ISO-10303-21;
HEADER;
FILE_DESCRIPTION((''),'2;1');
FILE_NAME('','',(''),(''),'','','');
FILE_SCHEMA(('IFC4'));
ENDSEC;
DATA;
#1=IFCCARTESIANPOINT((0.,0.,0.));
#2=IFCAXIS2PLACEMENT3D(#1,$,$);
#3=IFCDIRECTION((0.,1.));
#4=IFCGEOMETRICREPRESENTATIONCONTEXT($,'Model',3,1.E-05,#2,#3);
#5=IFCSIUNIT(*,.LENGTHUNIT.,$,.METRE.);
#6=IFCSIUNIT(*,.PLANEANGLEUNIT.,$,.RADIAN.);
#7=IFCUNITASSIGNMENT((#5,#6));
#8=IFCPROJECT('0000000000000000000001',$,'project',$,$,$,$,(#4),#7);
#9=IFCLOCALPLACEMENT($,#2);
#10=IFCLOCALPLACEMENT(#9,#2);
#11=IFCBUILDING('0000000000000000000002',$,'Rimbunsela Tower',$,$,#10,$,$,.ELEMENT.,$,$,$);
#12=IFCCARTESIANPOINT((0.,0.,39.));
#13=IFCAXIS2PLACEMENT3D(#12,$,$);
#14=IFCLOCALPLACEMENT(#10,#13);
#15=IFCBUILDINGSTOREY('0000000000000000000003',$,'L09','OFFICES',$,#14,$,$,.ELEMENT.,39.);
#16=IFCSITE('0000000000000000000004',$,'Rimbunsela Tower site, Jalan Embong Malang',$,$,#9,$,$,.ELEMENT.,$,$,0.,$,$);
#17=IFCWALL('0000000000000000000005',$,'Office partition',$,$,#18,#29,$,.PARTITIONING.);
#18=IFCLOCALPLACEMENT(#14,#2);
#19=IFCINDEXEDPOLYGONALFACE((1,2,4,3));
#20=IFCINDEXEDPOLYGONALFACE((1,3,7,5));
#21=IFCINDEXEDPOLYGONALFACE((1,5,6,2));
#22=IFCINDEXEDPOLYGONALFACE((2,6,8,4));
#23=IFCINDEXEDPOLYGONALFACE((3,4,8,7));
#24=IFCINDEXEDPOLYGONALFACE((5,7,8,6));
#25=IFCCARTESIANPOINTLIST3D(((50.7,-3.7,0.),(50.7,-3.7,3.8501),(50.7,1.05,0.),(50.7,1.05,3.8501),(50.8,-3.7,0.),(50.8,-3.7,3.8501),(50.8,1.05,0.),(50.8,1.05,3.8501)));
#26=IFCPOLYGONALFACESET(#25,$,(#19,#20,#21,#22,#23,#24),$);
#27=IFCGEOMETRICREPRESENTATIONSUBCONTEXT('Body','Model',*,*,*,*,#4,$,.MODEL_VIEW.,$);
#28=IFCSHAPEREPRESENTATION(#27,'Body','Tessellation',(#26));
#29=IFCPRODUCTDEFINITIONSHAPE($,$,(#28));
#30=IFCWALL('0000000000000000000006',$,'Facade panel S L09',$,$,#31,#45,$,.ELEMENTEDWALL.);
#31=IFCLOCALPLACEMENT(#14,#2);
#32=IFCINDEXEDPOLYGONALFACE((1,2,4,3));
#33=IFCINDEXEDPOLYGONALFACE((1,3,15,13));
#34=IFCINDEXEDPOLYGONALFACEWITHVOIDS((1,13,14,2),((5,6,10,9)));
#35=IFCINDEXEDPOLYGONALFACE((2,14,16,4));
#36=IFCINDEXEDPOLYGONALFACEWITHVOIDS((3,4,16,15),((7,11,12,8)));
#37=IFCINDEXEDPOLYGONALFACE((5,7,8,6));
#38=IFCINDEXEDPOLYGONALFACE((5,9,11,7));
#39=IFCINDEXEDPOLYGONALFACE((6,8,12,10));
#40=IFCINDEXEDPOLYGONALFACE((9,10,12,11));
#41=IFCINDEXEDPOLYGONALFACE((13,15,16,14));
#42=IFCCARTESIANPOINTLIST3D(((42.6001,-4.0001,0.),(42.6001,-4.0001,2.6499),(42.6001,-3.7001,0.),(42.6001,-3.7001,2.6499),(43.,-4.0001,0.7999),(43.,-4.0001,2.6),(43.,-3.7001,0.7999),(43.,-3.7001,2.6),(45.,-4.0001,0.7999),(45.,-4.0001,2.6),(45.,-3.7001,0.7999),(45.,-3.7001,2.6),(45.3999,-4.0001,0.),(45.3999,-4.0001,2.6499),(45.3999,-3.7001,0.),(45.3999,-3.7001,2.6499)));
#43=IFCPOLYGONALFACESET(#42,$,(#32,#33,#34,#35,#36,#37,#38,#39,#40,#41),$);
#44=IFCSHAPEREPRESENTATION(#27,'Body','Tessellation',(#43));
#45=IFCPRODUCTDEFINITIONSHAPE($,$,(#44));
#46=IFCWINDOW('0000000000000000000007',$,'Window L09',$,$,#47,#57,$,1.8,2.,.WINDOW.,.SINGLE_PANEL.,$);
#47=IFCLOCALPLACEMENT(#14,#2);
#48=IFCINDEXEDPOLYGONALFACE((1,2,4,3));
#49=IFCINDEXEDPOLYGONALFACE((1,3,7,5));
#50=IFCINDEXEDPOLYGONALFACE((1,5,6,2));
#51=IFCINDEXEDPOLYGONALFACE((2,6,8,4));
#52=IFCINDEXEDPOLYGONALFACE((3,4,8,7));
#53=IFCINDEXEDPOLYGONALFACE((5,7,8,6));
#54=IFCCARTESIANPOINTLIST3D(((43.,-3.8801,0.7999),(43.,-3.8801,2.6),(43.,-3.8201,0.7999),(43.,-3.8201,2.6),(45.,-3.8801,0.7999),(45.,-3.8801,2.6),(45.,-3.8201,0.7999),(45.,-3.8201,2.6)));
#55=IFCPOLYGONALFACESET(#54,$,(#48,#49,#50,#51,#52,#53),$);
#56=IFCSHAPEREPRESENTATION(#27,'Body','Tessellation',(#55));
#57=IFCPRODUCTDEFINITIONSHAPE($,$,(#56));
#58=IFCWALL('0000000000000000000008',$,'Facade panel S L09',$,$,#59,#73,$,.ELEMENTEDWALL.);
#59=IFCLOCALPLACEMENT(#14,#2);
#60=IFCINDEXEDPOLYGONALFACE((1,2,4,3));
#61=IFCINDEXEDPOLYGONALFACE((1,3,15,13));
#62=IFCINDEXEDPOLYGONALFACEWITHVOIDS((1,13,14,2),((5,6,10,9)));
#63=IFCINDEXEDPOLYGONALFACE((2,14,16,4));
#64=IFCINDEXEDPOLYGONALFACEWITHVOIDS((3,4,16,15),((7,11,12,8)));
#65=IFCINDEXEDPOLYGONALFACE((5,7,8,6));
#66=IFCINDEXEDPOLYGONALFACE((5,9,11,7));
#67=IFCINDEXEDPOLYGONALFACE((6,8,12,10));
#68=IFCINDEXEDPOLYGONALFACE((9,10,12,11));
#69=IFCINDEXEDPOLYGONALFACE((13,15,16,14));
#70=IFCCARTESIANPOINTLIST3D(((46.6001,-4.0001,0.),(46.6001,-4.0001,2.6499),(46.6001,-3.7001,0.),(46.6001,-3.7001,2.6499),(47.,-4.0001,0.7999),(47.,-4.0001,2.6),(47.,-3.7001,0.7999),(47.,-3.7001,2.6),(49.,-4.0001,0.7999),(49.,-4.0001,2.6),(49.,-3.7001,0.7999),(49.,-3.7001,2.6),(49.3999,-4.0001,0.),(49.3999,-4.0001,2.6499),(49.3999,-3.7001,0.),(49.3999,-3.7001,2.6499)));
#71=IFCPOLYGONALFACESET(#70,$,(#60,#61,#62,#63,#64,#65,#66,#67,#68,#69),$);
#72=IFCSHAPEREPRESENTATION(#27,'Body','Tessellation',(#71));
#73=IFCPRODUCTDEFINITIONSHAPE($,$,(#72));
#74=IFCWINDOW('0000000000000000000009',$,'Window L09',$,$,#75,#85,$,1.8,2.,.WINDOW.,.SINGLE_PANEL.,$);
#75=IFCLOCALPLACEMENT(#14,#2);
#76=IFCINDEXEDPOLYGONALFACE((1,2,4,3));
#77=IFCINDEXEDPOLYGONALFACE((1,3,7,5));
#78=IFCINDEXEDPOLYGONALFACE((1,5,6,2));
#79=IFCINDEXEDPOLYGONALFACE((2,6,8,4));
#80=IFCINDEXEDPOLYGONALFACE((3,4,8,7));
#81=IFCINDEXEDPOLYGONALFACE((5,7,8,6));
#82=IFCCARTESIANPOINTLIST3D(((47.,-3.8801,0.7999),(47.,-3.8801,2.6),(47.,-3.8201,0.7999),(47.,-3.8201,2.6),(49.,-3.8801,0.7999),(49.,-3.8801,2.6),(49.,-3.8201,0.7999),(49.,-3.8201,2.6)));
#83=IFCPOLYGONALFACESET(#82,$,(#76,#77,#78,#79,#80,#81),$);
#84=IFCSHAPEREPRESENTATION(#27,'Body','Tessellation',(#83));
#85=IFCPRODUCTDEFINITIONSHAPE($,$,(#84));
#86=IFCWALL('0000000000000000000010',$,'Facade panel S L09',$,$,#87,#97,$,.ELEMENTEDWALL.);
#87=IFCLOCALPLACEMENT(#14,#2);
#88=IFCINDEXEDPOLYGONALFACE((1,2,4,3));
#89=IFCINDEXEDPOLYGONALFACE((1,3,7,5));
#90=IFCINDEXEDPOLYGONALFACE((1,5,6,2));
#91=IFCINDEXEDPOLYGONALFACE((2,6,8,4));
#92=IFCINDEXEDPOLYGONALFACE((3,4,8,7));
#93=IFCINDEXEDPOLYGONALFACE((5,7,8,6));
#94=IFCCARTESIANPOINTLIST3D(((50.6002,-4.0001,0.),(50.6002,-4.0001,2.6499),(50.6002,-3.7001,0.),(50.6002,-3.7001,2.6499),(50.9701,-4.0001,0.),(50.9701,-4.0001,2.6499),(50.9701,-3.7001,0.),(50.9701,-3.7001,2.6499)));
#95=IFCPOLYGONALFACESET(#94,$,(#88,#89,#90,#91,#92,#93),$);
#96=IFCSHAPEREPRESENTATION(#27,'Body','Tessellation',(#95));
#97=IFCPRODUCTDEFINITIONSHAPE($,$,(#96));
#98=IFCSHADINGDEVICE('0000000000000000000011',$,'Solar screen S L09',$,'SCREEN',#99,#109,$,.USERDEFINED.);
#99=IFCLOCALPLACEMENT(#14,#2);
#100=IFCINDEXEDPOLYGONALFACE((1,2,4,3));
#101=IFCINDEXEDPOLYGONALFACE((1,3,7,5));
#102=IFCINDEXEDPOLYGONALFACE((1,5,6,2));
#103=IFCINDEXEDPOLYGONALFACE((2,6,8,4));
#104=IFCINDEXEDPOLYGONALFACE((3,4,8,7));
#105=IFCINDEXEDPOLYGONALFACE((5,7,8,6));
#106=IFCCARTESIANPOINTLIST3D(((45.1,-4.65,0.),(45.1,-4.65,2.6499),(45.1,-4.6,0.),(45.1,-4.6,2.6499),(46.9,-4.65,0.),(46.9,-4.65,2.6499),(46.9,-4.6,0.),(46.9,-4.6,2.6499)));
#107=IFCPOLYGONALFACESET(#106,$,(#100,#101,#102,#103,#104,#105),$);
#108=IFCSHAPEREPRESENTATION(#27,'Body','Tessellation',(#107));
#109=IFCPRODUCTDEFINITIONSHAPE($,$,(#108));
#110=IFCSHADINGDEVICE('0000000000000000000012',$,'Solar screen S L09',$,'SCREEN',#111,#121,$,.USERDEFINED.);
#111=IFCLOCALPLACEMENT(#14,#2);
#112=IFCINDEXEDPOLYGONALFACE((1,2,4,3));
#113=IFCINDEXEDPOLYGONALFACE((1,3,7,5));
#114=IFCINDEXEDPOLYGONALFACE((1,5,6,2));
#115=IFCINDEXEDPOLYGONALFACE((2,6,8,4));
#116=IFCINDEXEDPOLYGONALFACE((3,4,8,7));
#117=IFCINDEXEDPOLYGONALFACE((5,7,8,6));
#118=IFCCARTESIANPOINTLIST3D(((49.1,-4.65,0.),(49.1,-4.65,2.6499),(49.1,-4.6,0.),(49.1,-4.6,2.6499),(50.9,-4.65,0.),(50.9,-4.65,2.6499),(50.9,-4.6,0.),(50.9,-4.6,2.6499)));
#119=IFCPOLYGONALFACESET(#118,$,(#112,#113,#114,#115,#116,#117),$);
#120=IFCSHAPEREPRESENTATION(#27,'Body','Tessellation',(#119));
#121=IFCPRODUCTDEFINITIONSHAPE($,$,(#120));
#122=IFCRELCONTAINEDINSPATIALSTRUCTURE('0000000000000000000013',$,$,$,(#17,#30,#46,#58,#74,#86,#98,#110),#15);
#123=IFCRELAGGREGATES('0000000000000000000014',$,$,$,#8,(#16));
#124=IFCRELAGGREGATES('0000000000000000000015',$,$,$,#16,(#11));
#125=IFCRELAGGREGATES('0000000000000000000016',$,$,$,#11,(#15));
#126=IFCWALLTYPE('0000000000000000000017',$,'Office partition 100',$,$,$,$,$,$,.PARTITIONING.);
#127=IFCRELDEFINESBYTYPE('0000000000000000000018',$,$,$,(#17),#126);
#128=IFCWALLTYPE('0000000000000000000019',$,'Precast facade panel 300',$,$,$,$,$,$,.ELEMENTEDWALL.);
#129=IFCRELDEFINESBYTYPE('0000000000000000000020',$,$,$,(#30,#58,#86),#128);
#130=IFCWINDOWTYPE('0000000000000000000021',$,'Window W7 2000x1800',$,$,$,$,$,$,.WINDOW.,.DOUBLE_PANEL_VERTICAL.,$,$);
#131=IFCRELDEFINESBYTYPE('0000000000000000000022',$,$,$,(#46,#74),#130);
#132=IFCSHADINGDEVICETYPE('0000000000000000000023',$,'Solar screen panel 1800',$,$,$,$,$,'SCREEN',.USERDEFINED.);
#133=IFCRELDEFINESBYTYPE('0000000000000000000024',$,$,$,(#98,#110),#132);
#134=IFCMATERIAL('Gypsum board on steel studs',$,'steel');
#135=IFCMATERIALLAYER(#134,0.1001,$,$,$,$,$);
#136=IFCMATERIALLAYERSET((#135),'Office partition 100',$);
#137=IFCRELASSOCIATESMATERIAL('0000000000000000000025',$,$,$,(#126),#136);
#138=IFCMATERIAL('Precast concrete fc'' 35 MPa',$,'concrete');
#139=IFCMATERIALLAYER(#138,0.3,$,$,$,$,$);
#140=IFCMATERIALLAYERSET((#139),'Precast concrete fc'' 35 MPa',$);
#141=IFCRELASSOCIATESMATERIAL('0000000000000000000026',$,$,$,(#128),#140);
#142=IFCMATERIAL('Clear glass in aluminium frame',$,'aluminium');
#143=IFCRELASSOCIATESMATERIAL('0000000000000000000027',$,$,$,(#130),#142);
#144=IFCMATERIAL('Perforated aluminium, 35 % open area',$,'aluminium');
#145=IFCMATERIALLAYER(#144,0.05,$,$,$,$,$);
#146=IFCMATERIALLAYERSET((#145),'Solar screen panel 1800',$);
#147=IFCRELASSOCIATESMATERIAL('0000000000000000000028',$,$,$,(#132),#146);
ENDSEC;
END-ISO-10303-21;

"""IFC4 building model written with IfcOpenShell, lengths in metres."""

from ifc_helpers import new_model, si_unit, direction, frame, frame_2d, origin, origin_2d, place, context, subcontext, project, spatial, rectangle, extrude, material, layer, layer_set, type_object, element, fill, save


model = new_model("IFC4")

# Units and contexts
model_context = context("Model", 3, precision=1e-05, world=origin(), true_north=direction((0.0, 1.0)))
body_context = subcontext(model_context, "Body", "Model", "MODEL_VIEW")
ifc_project = project(units=[si_unit("LENGTHUNIT", "METRE"), si_unit("PLANEANGLEUNIT", "RADIAN")], contexts=[model_context])

# Site, building, storey
site_placement = place(None, origin())
site = spatial("IfcSite", under=ifc_project, at=site_placement, Name="Rimbunsela Tower site, Jalan Embong Malang", CompositionType="ELEMENT", RefElevation=0.0)
building_placement = place(site_placement, origin())
building = spatial("IfcBuilding", under=site, at=building_placement, Name="Rimbunsela Tower", CompositionType="ELEMENT")
storey_placement = place(building_placement, frame((0.0, 0.0, 39.0)))
storey = spatial("IfcBuildingStorey", under=building, at=storey_placement, Name="L09", Description="OFFICES", CompositionType="ELEMENT", Elevation=39.0)

# Wall
ifc_material_1 = material(Name="Gypsum board on steel studs", Category="steel")
ifc_layer_1 = layer(ifc_material_1, 0.1001)
ifc_layer_set_1 = layer_set([ifc_layer_1], Name="Office partition 100")
wall_type_1 = type_object("IfcWallType", Name="Office partition 100", PredefinedType="PARTITIONING", material=ifc_layer_set_1)
for number, where, z_axis, x_axis, name in (
    (1, (50.75, -3.7, 0.0), (0.0, 0.0, 1.0), (0.0, 1.0, 0.0), "Office partition"),
):
    element("IfcWall", number, at=place(storey_placement, frame(where, z_axis=z_axis, x_axis=x_axis)), inside=storey, type_object=wall_type_1, Name=name, PredefinedType="PARTITIONING", context=body_context, shape_type="SweptSolid", body=[
        extrude(rectangle(XDim=4.75, YDim=0.1001, at=frame_2d((2.375, 0.0))), origin(), (0.0, 0.0, 1.0), 3.8501),
    ])

# Walls, openings, windows
ifc_material_2 = material(Name="Precast concrete fc' 35 MPa", Category="concrete")
ifc_layer_2 = layer(ifc_material_2, 0.3)
ifc_layer_set_2 = layer_set([ifc_layer_2], Name="Precast concrete fc' 35 MPa")
wall_type_2 = type_object("IfcWallType", Name="Precast facade panel 300", PredefinedType="ELEMENTEDWALL", material=ifc_layer_set_2)
wall_1_placement = place(storey_placement, frame((42.6001, -3.8501, 0.0), z_axis=(0.0, 0.0, 1.0), x_axis=(1.0, 0.0, 0.0)))
wall_1 = element("IfcWall", 2, at=wall_1_placement, inside=storey, type_object=wall_type_2, Name="Facade panel S L09", PredefinedType="ELEMENTEDWALL", context=body_context, shape_type="SweptSolid", body=[
    extrude(rectangle(XDim=2.7998, YDim=0.3, at=frame_2d((1.3999, 0.0))), origin(), (0.0, 0.0, 1.0), 2.6499),
])
opening_1_placement = place(wall_1_placement, frame((0.3999, 0.0, 0.8)))
opening_1 = element("IfcOpeningElement", 3, at=opening_1_placement, cuts=wall_1, PredefinedType="OPENING", context=body_context, shape_type="SweptSolid", body=[
    extrude(rectangle(XDim=2.0, YDim=1.8, at=frame_2d((1.0, 0.8999))), frame((0.0, 0.1599, 0.0), z_axis=(0.0, -1.0, 0.0), x_axis=(1.0, 0.0, 0.0)), (0.0, 0.0, 1.0), 0.3201),
])
ifc_material_3 = material(Name="Clear glass in aluminium frame", Category="aluminium")
window_type = type_object("IfcWindowType", Name="Window W7 2000x1800", PartitioningType="DOUBLE_PANEL_VERTICAL", PredefinedType="WINDOW", material=ifc_material_3)
window_1_placement = place(opening_1_placement, origin())
window_1 = element("IfcWindow", 4, at=window_1_placement, inside=storey, type_object=window_type, Name="Window L09", OverallHeight=1.8, OverallWidth=2.0, PartitioningType="SINGLE_PANEL", PredefinedType="WINDOW", context=body_context, shape_type="SweptSolid", body=[
    extrude(rectangle(XDim=2.0, YDim=1.8, at=frame_2d((1.0, 0.8999))), frame((0.0, 0.03, 0.0), z_axis=(0.0, -1.0, 0.0), x_axis=(1.0, 0.0, 0.0)), (0.0, 0.0, 1.0), 0.0601),
])
fill(opening_1, window_1)
wall_2_placement = place(storey_placement, frame((46.6001, -3.8501, 0.0), z_axis=(0.0, 0.0, 1.0), x_axis=(1.0, 0.0, 0.0)))
wall_2 = element("IfcWall", 5, at=wall_2_placement, inside=storey, type_object=wall_type_2, Name="Facade panel S L09", PredefinedType="ELEMENTEDWALL", context=body_context, shape_type="SweptSolid", body=[
    extrude(rectangle(XDim=2.7998, YDim=0.3, at=frame_2d((1.3999, 0.0))), origin(), (0.0, 0.0, 1.0), 2.6499),
])
opening_2_placement = place(wall_2_placement, frame((0.3999, 0.0, 0.8)))
opening_2 = element("IfcOpeningElement", 6, at=opening_2_placement, cuts=wall_2, PredefinedType="OPENING", context=body_context, shape_type="SweptSolid", body=[
    extrude(rectangle(XDim=2.0, YDim=1.8, at=frame_2d((1.0, 0.8999))), frame((0.0, 0.1599, 0.0), z_axis=(0.0, -1.0, 0.0), x_axis=(1.0, 0.0, 0.0)), (0.0, 0.0, 1.0), 0.3201),
])
window_2_placement = place(opening_2_placement, origin())
window_2 = element("IfcWindow", 7, at=window_2_placement, inside=storey, type_object=window_type, Name="Window L09", OverallHeight=1.8, OverallWidth=2.0, PartitioningType="SINGLE_PANEL", PredefinedType="WINDOW", context=body_context, shape_type="SweptSolid", body=[
    extrude(rectangle(XDim=2.0, YDim=1.8, at=frame_2d((1.0, 0.8999))), frame((0.0, 0.03, 0.0), z_axis=(0.0, -1.0, 0.0), x_axis=(1.0, 0.0, 0.0)), (0.0, 0.0, 1.0), 0.0601),
])
fill(opening_2, window_2)

# Wall
wall_3_placement = place(storey_placement, frame((50.6001, -3.8501, 0.0), z_axis=(0.0, 0.0, 1.0), x_axis=(1.0, 0.0, 0.0)))
element("IfcWall", 8, at=wall_3_placement, inside=storey, type_object=wall_type_2, Name="Facade panel S L09", PredefinedType="ELEMENTEDWALL", context=body_context, shape_type="SweptSolid", body=[
    extrude(rectangle(XDim=0.3699, YDim=0.3, at=frame_2d((0.1851, 0.0))), origin(), (0.0, 0.0, 1.0), 2.6499),
])

# Shading devices
ifc_material_4 = material(Name="Perforated aluminium, 35 % open area", Category="aluminium")
ifc_layer_3 = layer(ifc_material_4, 0.05)
ifc_layer_set_3 = layer_set([ifc_layer_3], Name="Solar screen panel 1800")
shading_device_type = type_object("IfcShadingDeviceType", Name="Solar screen panel 1800", ElementType="SCREEN", PredefinedType="USERDEFINED", material=ifc_layer_set_3)
for number, where, z_axis, x_axis, name in (
    (9, (46.0, -4.625, 0.0), (0.0, 0.0, 1.0), (1.0, 0.0, 0.0), "Solar screen S L09"),
    (10, (50.0, -4.625, 0.0), (0.0, 0.0, 1.0), (1.0, 0.0, 0.0), "Solar screen S L09"),
):
    element("IfcShadingDevice", number, at=place(storey_placement, frame(where, z_axis=z_axis, x_axis=x_axis)), inside=storey, type_object=shading_device_type, Name=name, ObjectType="SCREEN", PredefinedType="USERDEFINED", context=body_context, shape_type="SweptSolid", body=[
        extrude(rectangle(XDim=1.8, YDim=0.05, at=origin_2d()), origin(), (0.0, 0.0, 1.0), 2.6499),
    ])

save(model, "model.ifc")
